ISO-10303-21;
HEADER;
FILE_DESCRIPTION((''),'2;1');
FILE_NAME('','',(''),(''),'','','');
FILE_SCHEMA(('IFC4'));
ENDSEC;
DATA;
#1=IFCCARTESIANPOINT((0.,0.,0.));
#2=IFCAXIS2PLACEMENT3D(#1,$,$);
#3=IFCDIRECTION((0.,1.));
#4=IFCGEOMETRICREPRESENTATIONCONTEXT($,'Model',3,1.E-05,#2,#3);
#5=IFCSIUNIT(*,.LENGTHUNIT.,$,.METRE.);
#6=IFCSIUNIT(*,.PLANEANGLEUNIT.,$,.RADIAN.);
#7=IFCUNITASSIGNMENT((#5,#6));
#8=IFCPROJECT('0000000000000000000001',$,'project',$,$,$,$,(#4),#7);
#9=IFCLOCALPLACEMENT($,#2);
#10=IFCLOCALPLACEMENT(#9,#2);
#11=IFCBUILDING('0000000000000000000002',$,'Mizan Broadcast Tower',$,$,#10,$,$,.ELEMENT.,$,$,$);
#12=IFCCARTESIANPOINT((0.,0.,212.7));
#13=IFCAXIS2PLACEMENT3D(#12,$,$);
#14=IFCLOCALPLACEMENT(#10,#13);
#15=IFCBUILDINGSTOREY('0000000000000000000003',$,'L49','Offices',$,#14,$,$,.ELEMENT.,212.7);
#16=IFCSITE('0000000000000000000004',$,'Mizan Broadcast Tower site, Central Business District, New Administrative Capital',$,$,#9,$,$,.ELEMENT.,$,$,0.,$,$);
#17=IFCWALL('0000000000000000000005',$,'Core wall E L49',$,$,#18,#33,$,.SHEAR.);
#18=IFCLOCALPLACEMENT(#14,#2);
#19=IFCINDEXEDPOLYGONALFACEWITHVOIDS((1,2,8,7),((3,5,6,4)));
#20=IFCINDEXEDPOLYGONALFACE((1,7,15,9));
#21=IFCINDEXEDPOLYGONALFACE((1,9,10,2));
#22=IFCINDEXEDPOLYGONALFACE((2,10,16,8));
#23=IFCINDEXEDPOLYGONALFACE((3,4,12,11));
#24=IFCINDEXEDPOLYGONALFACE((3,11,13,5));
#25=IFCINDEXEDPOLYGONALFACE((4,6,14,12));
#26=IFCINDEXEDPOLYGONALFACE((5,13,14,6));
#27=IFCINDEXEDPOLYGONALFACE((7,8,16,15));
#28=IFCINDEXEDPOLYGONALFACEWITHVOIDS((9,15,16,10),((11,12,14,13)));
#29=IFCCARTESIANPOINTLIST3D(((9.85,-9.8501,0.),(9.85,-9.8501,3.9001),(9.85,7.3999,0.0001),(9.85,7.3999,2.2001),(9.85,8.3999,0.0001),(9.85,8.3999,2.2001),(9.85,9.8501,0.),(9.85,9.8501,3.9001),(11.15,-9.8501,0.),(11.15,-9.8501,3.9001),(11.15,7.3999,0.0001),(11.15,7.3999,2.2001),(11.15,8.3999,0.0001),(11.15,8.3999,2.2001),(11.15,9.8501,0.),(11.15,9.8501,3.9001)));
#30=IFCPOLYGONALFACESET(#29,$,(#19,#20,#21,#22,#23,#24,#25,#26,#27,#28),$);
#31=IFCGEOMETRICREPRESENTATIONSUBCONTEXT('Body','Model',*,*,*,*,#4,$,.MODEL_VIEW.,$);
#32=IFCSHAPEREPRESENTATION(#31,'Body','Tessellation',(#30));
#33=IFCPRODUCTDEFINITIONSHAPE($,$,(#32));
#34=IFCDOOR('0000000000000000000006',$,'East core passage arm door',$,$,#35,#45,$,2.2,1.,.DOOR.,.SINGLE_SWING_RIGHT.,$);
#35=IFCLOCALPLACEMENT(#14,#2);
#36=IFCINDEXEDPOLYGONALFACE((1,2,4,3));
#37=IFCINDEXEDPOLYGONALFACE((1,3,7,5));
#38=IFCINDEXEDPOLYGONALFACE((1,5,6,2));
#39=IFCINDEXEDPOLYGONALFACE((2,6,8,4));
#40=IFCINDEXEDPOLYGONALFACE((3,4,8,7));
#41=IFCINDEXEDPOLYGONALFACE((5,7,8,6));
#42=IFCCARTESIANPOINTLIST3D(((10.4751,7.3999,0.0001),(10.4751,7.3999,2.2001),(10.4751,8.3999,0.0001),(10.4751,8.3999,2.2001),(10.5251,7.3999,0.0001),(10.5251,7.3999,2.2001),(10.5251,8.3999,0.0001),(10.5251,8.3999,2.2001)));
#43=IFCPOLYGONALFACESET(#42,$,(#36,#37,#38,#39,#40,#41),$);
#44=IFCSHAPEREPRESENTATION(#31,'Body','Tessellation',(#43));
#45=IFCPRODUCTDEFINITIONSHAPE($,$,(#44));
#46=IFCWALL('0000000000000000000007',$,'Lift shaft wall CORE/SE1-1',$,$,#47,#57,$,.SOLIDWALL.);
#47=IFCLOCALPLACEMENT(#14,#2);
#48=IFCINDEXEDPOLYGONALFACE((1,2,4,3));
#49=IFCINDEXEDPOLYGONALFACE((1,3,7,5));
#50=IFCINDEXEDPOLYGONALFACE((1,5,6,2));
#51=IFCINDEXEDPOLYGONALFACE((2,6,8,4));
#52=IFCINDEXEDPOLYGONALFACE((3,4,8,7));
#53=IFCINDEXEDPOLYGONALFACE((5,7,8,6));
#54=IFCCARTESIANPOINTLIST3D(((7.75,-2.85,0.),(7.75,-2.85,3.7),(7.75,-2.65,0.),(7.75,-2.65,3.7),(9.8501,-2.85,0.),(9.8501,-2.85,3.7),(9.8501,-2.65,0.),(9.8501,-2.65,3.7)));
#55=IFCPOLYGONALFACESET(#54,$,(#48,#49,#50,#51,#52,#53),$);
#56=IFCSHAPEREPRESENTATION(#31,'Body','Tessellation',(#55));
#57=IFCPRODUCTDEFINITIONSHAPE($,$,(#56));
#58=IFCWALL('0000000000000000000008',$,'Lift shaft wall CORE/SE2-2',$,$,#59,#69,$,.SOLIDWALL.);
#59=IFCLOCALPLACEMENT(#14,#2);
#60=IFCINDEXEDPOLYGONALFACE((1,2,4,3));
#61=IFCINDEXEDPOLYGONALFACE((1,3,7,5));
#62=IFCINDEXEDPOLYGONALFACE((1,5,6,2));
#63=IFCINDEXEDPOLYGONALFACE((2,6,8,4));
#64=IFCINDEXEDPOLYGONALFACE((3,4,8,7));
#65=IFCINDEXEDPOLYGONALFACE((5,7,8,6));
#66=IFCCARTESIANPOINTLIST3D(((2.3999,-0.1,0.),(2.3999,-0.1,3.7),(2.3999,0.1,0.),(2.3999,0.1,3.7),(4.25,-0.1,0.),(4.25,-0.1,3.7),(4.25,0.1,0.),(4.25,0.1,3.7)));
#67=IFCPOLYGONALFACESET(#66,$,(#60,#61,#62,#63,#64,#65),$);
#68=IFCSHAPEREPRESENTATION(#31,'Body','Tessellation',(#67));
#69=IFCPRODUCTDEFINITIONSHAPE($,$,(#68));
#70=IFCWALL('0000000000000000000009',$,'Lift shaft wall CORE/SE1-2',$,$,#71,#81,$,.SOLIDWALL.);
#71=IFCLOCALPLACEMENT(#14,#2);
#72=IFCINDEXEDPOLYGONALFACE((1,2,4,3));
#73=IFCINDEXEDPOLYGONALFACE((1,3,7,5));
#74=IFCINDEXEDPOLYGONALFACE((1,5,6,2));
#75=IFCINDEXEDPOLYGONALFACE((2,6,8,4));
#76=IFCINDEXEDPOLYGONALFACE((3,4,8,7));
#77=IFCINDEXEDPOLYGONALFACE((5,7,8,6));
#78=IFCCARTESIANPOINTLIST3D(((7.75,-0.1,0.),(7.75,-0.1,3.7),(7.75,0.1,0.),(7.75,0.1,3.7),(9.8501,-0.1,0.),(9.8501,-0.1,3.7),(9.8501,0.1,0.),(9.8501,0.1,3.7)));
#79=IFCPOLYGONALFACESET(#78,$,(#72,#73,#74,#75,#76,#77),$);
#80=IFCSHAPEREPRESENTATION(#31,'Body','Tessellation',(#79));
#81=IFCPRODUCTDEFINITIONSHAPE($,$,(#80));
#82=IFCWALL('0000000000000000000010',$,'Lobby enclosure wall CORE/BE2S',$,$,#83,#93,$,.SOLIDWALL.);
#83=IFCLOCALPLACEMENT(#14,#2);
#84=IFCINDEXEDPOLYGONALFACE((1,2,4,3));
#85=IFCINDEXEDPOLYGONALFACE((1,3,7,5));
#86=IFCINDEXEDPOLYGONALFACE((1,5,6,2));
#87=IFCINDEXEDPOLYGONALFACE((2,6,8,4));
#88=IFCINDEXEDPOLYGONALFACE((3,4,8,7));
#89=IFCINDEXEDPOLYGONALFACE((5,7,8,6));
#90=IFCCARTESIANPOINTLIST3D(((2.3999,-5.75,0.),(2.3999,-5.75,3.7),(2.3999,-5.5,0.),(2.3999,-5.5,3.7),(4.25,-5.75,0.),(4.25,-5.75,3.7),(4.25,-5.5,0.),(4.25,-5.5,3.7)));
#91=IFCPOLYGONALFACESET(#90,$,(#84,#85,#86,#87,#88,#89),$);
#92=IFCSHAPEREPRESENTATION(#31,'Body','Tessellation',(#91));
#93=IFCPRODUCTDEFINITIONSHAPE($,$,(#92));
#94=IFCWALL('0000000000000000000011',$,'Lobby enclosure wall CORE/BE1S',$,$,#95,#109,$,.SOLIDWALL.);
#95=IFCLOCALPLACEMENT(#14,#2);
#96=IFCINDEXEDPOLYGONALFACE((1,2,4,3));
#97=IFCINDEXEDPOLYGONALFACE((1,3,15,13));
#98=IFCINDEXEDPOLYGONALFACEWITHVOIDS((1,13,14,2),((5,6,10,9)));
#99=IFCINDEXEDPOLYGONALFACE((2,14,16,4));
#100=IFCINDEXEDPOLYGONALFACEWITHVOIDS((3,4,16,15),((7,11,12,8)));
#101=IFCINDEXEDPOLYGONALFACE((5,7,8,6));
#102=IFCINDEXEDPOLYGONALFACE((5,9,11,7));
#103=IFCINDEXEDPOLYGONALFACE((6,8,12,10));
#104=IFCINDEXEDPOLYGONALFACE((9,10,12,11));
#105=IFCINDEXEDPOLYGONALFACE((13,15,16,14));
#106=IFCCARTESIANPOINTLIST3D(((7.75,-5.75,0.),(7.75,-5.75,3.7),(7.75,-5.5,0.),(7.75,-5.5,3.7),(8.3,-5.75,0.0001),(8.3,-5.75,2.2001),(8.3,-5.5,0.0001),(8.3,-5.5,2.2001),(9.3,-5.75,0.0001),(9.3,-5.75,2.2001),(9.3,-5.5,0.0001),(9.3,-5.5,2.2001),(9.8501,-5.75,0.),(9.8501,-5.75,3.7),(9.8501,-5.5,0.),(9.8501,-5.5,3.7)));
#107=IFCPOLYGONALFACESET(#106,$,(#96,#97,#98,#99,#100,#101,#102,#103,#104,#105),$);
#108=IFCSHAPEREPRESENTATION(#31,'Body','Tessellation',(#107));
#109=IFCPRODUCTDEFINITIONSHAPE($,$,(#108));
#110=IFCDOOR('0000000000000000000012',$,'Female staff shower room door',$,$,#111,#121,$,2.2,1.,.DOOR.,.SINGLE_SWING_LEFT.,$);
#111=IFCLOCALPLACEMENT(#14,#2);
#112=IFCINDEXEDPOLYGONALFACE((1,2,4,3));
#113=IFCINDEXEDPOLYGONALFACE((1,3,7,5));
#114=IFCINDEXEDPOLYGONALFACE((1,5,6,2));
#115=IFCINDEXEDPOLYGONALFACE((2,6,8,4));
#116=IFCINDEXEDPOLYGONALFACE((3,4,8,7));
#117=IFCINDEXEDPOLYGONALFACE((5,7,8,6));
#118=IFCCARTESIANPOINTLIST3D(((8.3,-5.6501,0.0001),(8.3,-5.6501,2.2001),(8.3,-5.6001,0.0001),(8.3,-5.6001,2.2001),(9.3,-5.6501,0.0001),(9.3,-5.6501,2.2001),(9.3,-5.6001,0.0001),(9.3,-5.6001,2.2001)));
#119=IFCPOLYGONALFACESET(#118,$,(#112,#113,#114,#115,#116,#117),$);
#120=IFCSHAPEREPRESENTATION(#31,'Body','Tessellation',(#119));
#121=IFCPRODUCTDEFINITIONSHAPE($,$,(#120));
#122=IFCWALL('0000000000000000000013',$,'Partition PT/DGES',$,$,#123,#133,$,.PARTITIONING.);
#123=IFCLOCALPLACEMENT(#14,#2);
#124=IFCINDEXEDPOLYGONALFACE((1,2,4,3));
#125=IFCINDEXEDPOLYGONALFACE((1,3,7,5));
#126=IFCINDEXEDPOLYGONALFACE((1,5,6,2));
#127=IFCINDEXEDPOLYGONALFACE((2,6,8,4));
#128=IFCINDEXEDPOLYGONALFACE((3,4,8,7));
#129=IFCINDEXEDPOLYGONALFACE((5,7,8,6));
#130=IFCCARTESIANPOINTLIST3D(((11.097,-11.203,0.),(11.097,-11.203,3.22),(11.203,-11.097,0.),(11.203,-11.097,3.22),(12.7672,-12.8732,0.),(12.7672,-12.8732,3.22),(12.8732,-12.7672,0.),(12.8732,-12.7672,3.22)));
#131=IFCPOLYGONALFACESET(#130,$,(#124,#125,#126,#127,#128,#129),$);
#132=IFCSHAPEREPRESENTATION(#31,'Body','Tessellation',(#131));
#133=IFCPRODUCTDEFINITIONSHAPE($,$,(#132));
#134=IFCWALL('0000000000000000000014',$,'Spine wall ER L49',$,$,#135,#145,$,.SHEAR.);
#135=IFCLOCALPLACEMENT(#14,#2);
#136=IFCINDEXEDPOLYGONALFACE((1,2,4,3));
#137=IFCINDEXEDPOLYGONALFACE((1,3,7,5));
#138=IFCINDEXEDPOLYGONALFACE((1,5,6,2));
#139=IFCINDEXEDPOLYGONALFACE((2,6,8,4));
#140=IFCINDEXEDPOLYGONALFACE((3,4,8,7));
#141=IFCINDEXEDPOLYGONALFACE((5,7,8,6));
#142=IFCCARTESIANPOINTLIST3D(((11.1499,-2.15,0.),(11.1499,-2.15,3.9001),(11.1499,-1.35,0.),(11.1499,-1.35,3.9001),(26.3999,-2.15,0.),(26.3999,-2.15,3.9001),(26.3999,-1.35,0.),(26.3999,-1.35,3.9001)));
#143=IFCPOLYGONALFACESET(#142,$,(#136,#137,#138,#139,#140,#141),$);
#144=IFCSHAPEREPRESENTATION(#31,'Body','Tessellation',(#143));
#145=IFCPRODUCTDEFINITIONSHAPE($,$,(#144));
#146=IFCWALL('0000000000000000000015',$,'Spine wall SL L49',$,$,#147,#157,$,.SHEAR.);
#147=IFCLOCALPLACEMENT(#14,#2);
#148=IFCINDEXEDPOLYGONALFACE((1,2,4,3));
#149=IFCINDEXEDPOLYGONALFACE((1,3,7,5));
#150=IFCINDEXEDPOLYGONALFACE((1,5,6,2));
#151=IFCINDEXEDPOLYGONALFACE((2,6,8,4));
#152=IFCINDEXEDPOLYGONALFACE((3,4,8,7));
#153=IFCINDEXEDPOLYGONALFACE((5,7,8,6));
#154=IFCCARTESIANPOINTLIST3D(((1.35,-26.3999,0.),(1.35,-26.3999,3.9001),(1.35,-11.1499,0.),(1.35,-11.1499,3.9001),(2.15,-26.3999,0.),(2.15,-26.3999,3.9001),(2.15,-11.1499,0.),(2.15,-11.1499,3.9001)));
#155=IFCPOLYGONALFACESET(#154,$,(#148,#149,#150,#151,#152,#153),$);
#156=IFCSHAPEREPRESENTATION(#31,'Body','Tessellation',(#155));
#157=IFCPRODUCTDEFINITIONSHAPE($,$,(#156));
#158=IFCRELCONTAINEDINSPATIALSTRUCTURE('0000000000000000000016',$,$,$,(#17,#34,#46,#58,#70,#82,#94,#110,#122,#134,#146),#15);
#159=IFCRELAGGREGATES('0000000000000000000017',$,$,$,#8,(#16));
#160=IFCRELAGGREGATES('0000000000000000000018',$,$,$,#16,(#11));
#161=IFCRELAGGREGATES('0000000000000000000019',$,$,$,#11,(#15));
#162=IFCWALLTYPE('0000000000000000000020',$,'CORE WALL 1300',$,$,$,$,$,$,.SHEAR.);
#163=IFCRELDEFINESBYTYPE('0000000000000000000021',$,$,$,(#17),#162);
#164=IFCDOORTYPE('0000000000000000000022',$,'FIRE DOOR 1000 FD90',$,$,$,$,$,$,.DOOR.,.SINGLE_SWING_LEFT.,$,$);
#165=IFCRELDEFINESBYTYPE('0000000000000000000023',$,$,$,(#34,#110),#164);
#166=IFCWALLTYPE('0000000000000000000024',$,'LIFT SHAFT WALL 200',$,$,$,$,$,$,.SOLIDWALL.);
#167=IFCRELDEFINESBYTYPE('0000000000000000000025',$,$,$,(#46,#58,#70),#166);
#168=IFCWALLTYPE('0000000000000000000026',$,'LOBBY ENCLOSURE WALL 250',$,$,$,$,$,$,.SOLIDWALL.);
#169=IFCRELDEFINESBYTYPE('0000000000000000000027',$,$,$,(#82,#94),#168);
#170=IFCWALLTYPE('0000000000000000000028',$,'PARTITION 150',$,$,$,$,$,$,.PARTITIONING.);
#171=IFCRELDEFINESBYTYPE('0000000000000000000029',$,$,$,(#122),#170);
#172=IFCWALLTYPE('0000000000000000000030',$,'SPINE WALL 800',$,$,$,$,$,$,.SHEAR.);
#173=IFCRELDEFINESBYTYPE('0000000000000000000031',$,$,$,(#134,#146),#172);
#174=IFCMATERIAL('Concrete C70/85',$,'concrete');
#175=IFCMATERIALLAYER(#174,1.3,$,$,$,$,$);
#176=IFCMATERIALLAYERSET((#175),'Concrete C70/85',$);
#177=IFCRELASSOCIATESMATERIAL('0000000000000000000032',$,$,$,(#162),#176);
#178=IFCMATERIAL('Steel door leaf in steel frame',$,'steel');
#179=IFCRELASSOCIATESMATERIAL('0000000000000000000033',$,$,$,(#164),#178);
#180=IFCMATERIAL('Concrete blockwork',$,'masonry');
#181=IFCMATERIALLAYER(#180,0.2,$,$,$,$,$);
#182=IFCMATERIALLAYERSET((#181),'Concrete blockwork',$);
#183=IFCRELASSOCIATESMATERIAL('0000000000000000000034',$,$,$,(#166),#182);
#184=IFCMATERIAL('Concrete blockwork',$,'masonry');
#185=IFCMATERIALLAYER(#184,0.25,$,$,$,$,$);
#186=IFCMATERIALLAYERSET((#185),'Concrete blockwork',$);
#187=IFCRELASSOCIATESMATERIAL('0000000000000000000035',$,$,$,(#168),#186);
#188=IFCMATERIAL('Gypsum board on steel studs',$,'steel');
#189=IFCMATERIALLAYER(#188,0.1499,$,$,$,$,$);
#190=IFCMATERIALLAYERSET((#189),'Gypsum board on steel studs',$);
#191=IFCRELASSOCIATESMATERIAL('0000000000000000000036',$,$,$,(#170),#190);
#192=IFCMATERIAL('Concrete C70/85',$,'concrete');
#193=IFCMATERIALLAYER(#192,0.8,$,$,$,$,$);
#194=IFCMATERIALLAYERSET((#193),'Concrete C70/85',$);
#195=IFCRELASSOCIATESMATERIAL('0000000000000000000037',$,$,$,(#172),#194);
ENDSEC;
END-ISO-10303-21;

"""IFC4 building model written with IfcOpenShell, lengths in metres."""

from ifc_helpers import new_model, si_unit, direction, frame, frame_2d, origin, place, context, subcontext, project, spatial, rectangle, extrude, material, layer, layer_set, type_object, element, fill, save


model = new_model("IFC4")

# Units and contexts
model_context = context("Model", 3, precision=1e-05, world=origin(), true_north=direction((0.0, 1.0)))
body_context = subcontext(model_context, "Body", "Model", "MODEL_VIEW")
ifc_project = project(units=[si_unit("LENGTHUNIT", "METRE"), si_unit("PLANEANGLEUNIT", "RADIAN")], contexts=[model_context])

# Site, building, storey
site_placement = place(None, origin())
site = spatial("IfcSite", under=ifc_project, at=site_placement, Name="Mizan Broadcast Tower site, Central Business District, New Administrative Capital", CompositionType="ELEMENT", RefElevation=0.0)
building_placement = place(site_placement, origin())
building = spatial("IfcBuilding", under=site, at=building_placement, Name="Mizan Broadcast Tower", CompositionType="ELEMENT")
storey_placement = place(building_placement, frame((0.0, 0.0, 212.7)))
storey = spatial("IfcBuildingStorey", under=building, at=storey_placement, Name="L49", Description="Offices", CompositionType="ELEMENT", Elevation=212.7)

# Shared definitions
ifc_material_1 = material(Name="Concrete C70/85", Category="concrete")
ifc_layer_1 = layer(ifc_material_1, 1.3)
ifc_layer_set_1 = layer_set([ifc_layer_1], Name="Concrete C70/85")
wall_type_1 = type_object("IfcWallType", Name="CORE WALL 1300", PredefinedType="SHEAR", material=ifc_layer_set_1)

# Wall, opening, door
wall_1_placement = place(storey_placement, frame((10.5, -9.8501, 0.0), z_axis=(0.0, 0.0, 1.0), x_axis=(0.0, 1.0, 0.0)))
wall_1 = element("IfcWall", 1, at=wall_1_placement, inside=storey, type_object=wall_type_1, Name="Core wall E L49", PredefinedType="SHEAR", context=body_context, shape_type="SweptSolid", body=[
    extrude(rectangle(XDim=19.7002, YDim=1.3, at=frame_2d((9.8501, 0.0))), origin(), (0.0, 0.0, 1.0), 3.9001),
])
opening_1_placement = place(wall_1_placement, frame((17.25, 0.0, 0.0)))
opening_1 = element("IfcOpeningElement", 2, at=opening_1_placement, cuts=wall_1, PredefinedType="OPENING", context=body_context, shape_type="SweptSolid", body=[
    extrude(rectangle(XDim=1.0, YDim=2.2, at=frame_2d((0.5, 1.1001))), frame((0.0, 0.6599, 0.0), z_axis=(0.0, -1.0, 0.0), x_axis=(1.0, 0.0, 0.0)), (0.0, 0.0, 1.0), 1.3201),
])
ifc_material_2 = material(Name="Steel door leaf in steel frame", Category="steel")
door_type_1 = type_object("IfcDoorType", Name="FIRE DOOR 1000 FD90", OperationType="SINGLE_SWING_LEFT", PredefinedType="DOOR", material=ifc_material_2)
door_1_placement = place(opening_1_placement, origin())
door_1 = element("IfcDoor", 3, at=door_1_placement, inside=storey, type_object=door_type_1, Name="East core passage arm door", OperationType="SINGLE_SWING_RIGHT", OverallHeight=2.2, OverallWidth=1.0, PredefinedType="DOOR", context=body_context, shape_type="SweptSolid", body=[
    extrude(rectangle(XDim=1.0, YDim=2.2, at=frame_2d((0.5, 1.1001))), frame((0.0, 0.0249, 0.0), z_axis=(0.0, -1.0, 0.0), x_axis=(1.0, 0.0, 0.0)), (0.0, 0.0, 1.0), 0.05),
])
fill(opening_1, door_1)

# Walls
ifc_material_3 = material(Name="Concrete blockwork", Category="masonry")
ifc_layer_2 = layer(ifc_material_3, 0.2)
ifc_layer_set_2 = layer_set([ifc_layer_2], Name="Concrete blockwork")
wall_type_2 = type_object("IfcWallType", Name="LIFT SHAFT WALL 200", PredefinedType="SOLIDWALL", material=ifc_layer_set_2)
wall_2_placement = place(storey_placement, frame((7.75, -2.75, 0.0), z_axis=(0.0, 0.0, 1.0), x_axis=(1.0, 0.0, 0.0)))
element("IfcWall", 4, at=wall_2_placement, inside=storey, type_object=wall_type_2, Name="Lift shaft wall CORE/SE1-1", PredefinedType="SOLIDWALL", context=body_context, shape_type="SweptSolid", body=[
    extrude(rectangle(XDim=2.1001, YDim=0.2, at=frame_2d((1.05, 0.0))), origin(), (0.0, 0.0, 1.0), 3.7),
])
wall_3_placement = place(storey_placement, frame((2.3999, 0.0, 0.0), z_axis=(0.0, 0.0, 1.0), x_axis=(1.0, 0.0, 0.0)))
element("IfcWall", 5, at=wall_3_placement, inside=storey, type_object=wall_type_2, Name="Lift shaft wall CORE/SE2-2", PredefinedType="SOLIDWALL", context=body_context, shape_type="SweptSolid", body=[
    extrude(rectangle(XDim=1.8501, YDim=0.2, at=frame_2d((0.925, 0.0))), origin(), (0.0, 0.0, 1.0), 3.7),
])
wall_4_placement = place(storey_placement, frame((7.75, 0.0, 0.0), z_axis=(0.0, 0.0, 1.0), x_axis=(1.0, 0.0, 0.0)))
element("IfcWall", 6, at=wall_4_placement, inside=storey, type_object=wall_type_2, Name="Lift shaft wall CORE/SE1-2", PredefinedType="SOLIDWALL", context=body_context, shape_type="SweptSolid", body=[
    extrude(rectangle(XDim=2.1001, YDim=0.2, at=frame_2d((1.05, 0.0))), origin(), (0.0, 0.0, 1.0), 3.7),
])
ifc_material_4 = material(Name="Concrete blockwork", Category="masonry")
ifc_layer_3 = layer(ifc_material_4, 0.25)
ifc_layer_set_3 = layer_set([ifc_layer_3], Name="Concrete blockwork")
wall_type_3 = type_object("IfcWallType", Name="LOBBY ENCLOSURE WALL 250", PredefinedType="SOLIDWALL", material=ifc_layer_set_3)
wall_5_placement = place(storey_placement, frame((2.3999, -5.625, 0.0), z_axis=(0.0, 0.0, 1.0), x_axis=(1.0, 0.0, 0.0)))
element("IfcWall", 7, at=wall_5_placement, inside=storey, type_object=wall_type_3, Name="Lobby enclosure wall CORE/BE2S", PredefinedType="SOLIDWALL", context=body_context, shape_type="SweptSolid", body=[
    extrude(rectangle(XDim=1.8501, YDim=0.25, at=frame_2d((0.925, 0.0))), origin(), (0.0, 0.0, 1.0), 3.7),
])

# Wall, opening, door
wall_6_placement = place(storey_placement, frame((7.75, -5.625, 0.0), z_axis=(0.0, 0.0, 1.0), x_axis=(1.0, 0.0, 0.0)))
wall_6 = element("IfcWall", 8, at=wall_6_placement, inside=storey, type_object=wall_type_3, Name="Lobby enclosure wall CORE/BE1S", PredefinedType="SOLIDWALL", context=body_context, shape_type="SweptSolid", body=[
    extrude(rectangle(XDim=2.1001, YDim=0.25, at=frame_2d((1.05, 0.0))), origin(), (0.0, 0.0, 1.0), 3.7),
])
opening_2_placement = place(wall_6_placement, frame((0.55, 0.0, 0.0)))
opening_2 = element("IfcOpeningElement", 9, at=opening_2_placement, cuts=wall_6, PredefinedType="OPENING", context=body_context, shape_type="SweptSolid", body=[
    extrude(rectangle(XDim=1.0, YDim=2.2, at=frame_2d((0.5, 1.1001))), frame((0.0, 0.135, 0.0), z_axis=(0.0, -1.0, 0.0), x_axis=(1.0, 0.0, 0.0)), (0.0, 0.0, 1.0), 0.27),
])
door_2_placement = place(opening_2_placement, origin())
door_2 = element("IfcDoor", 10, at=door_2_placement, inside=storey, type_object=door_type_1, Name="Female staff shower room door", OperationType="SINGLE_SWING_LEFT", OverallHeight=2.2, OverallWidth=1.0, PredefinedType="DOOR", context=body_context, shape_type="SweptSolid", body=[
    extrude(rectangle(XDim=1.0, YDim=2.2, at=frame_2d((0.5, 1.1001))), frame((0.0, 0.0249, 0.0), z_axis=(0.0, -1.0, 0.0), x_axis=(1.0, 0.0, 0.0)), (0.0, 0.0, 1.0), 0.05),
])
fill(opening_2, door_2)

# Walls
ifc_material_5 = material(Name="Gypsum board on steel studs", Category="steel")
ifc_layer_4 = layer(ifc_material_5, 0.1499)
ifc_layer_set_4 = layer_set([ifc_layer_4], Name="Gypsum board on steel studs")
wall_type_4 = type_object("IfcWallType", Name="PARTITION 150", PredefinedType="PARTITIONING", material=ifc_layer_set_4)
wall_7_placement = place(storey_placement, frame((11.1499, -11.1499, 0.0), z_axis=(0.0, 0.0, 1.0), x_axis=(0.707107, -0.707107, 0.0)))
element("IfcWall", 11, at=wall_7_placement, inside=storey, type_object=wall_type_4, Name="Partition PT/DGES", PredefinedType="PARTITIONING", context=body_context, shape_type="SweptSolid", body=[
    extrude(rectangle(XDim=2.3621, YDim=0.1499, at=frame_2d((1.1812, 0.0))), origin(), (0.0, 0.0, 1.0), 3.22),
])
ifc_material_6 = material(Name="Concrete C70/85", Category="concrete")
ifc_layer_5 = layer(ifc_material_6, 0.8)
ifc_layer_set_5 = layer_set([ifc_layer_5], Name="Concrete C70/85")
wall_type_5 = type_object("IfcWallType", Name="SPINE WALL 800", PredefinedType="SHEAR", material=ifc_layer_set_5)
for number, where, z_axis, x_axis, name in (
    (12, (11.1499, -1.75, 0.0), (0.0, 0.0, 1.0), (1.0, 0.0, 0.0), "Spine wall ER L49"),
    (13, (1.75, -11.1499, 0.0), (0.0, 0.0, 1.0), (0.0, -1.0, 0.0), "Spine wall SL L49"),
):
    element("IfcWall", number, at=place(storey_placement, frame(where, z_axis=z_axis, x_axis=x_axis)), inside=storey, type_object=wall_type_5, Name=name, PredefinedType="SHEAR", context=body_context, shape_type="SweptSolid", body=[
        extrude(rectangle(XDim=15.25, YDim=0.8, at=frame_2d((7.625, 0.0))), origin(), (0.0, 0.0, 1.0), 3.9001),
    ])

save(model, "model.ifc")
